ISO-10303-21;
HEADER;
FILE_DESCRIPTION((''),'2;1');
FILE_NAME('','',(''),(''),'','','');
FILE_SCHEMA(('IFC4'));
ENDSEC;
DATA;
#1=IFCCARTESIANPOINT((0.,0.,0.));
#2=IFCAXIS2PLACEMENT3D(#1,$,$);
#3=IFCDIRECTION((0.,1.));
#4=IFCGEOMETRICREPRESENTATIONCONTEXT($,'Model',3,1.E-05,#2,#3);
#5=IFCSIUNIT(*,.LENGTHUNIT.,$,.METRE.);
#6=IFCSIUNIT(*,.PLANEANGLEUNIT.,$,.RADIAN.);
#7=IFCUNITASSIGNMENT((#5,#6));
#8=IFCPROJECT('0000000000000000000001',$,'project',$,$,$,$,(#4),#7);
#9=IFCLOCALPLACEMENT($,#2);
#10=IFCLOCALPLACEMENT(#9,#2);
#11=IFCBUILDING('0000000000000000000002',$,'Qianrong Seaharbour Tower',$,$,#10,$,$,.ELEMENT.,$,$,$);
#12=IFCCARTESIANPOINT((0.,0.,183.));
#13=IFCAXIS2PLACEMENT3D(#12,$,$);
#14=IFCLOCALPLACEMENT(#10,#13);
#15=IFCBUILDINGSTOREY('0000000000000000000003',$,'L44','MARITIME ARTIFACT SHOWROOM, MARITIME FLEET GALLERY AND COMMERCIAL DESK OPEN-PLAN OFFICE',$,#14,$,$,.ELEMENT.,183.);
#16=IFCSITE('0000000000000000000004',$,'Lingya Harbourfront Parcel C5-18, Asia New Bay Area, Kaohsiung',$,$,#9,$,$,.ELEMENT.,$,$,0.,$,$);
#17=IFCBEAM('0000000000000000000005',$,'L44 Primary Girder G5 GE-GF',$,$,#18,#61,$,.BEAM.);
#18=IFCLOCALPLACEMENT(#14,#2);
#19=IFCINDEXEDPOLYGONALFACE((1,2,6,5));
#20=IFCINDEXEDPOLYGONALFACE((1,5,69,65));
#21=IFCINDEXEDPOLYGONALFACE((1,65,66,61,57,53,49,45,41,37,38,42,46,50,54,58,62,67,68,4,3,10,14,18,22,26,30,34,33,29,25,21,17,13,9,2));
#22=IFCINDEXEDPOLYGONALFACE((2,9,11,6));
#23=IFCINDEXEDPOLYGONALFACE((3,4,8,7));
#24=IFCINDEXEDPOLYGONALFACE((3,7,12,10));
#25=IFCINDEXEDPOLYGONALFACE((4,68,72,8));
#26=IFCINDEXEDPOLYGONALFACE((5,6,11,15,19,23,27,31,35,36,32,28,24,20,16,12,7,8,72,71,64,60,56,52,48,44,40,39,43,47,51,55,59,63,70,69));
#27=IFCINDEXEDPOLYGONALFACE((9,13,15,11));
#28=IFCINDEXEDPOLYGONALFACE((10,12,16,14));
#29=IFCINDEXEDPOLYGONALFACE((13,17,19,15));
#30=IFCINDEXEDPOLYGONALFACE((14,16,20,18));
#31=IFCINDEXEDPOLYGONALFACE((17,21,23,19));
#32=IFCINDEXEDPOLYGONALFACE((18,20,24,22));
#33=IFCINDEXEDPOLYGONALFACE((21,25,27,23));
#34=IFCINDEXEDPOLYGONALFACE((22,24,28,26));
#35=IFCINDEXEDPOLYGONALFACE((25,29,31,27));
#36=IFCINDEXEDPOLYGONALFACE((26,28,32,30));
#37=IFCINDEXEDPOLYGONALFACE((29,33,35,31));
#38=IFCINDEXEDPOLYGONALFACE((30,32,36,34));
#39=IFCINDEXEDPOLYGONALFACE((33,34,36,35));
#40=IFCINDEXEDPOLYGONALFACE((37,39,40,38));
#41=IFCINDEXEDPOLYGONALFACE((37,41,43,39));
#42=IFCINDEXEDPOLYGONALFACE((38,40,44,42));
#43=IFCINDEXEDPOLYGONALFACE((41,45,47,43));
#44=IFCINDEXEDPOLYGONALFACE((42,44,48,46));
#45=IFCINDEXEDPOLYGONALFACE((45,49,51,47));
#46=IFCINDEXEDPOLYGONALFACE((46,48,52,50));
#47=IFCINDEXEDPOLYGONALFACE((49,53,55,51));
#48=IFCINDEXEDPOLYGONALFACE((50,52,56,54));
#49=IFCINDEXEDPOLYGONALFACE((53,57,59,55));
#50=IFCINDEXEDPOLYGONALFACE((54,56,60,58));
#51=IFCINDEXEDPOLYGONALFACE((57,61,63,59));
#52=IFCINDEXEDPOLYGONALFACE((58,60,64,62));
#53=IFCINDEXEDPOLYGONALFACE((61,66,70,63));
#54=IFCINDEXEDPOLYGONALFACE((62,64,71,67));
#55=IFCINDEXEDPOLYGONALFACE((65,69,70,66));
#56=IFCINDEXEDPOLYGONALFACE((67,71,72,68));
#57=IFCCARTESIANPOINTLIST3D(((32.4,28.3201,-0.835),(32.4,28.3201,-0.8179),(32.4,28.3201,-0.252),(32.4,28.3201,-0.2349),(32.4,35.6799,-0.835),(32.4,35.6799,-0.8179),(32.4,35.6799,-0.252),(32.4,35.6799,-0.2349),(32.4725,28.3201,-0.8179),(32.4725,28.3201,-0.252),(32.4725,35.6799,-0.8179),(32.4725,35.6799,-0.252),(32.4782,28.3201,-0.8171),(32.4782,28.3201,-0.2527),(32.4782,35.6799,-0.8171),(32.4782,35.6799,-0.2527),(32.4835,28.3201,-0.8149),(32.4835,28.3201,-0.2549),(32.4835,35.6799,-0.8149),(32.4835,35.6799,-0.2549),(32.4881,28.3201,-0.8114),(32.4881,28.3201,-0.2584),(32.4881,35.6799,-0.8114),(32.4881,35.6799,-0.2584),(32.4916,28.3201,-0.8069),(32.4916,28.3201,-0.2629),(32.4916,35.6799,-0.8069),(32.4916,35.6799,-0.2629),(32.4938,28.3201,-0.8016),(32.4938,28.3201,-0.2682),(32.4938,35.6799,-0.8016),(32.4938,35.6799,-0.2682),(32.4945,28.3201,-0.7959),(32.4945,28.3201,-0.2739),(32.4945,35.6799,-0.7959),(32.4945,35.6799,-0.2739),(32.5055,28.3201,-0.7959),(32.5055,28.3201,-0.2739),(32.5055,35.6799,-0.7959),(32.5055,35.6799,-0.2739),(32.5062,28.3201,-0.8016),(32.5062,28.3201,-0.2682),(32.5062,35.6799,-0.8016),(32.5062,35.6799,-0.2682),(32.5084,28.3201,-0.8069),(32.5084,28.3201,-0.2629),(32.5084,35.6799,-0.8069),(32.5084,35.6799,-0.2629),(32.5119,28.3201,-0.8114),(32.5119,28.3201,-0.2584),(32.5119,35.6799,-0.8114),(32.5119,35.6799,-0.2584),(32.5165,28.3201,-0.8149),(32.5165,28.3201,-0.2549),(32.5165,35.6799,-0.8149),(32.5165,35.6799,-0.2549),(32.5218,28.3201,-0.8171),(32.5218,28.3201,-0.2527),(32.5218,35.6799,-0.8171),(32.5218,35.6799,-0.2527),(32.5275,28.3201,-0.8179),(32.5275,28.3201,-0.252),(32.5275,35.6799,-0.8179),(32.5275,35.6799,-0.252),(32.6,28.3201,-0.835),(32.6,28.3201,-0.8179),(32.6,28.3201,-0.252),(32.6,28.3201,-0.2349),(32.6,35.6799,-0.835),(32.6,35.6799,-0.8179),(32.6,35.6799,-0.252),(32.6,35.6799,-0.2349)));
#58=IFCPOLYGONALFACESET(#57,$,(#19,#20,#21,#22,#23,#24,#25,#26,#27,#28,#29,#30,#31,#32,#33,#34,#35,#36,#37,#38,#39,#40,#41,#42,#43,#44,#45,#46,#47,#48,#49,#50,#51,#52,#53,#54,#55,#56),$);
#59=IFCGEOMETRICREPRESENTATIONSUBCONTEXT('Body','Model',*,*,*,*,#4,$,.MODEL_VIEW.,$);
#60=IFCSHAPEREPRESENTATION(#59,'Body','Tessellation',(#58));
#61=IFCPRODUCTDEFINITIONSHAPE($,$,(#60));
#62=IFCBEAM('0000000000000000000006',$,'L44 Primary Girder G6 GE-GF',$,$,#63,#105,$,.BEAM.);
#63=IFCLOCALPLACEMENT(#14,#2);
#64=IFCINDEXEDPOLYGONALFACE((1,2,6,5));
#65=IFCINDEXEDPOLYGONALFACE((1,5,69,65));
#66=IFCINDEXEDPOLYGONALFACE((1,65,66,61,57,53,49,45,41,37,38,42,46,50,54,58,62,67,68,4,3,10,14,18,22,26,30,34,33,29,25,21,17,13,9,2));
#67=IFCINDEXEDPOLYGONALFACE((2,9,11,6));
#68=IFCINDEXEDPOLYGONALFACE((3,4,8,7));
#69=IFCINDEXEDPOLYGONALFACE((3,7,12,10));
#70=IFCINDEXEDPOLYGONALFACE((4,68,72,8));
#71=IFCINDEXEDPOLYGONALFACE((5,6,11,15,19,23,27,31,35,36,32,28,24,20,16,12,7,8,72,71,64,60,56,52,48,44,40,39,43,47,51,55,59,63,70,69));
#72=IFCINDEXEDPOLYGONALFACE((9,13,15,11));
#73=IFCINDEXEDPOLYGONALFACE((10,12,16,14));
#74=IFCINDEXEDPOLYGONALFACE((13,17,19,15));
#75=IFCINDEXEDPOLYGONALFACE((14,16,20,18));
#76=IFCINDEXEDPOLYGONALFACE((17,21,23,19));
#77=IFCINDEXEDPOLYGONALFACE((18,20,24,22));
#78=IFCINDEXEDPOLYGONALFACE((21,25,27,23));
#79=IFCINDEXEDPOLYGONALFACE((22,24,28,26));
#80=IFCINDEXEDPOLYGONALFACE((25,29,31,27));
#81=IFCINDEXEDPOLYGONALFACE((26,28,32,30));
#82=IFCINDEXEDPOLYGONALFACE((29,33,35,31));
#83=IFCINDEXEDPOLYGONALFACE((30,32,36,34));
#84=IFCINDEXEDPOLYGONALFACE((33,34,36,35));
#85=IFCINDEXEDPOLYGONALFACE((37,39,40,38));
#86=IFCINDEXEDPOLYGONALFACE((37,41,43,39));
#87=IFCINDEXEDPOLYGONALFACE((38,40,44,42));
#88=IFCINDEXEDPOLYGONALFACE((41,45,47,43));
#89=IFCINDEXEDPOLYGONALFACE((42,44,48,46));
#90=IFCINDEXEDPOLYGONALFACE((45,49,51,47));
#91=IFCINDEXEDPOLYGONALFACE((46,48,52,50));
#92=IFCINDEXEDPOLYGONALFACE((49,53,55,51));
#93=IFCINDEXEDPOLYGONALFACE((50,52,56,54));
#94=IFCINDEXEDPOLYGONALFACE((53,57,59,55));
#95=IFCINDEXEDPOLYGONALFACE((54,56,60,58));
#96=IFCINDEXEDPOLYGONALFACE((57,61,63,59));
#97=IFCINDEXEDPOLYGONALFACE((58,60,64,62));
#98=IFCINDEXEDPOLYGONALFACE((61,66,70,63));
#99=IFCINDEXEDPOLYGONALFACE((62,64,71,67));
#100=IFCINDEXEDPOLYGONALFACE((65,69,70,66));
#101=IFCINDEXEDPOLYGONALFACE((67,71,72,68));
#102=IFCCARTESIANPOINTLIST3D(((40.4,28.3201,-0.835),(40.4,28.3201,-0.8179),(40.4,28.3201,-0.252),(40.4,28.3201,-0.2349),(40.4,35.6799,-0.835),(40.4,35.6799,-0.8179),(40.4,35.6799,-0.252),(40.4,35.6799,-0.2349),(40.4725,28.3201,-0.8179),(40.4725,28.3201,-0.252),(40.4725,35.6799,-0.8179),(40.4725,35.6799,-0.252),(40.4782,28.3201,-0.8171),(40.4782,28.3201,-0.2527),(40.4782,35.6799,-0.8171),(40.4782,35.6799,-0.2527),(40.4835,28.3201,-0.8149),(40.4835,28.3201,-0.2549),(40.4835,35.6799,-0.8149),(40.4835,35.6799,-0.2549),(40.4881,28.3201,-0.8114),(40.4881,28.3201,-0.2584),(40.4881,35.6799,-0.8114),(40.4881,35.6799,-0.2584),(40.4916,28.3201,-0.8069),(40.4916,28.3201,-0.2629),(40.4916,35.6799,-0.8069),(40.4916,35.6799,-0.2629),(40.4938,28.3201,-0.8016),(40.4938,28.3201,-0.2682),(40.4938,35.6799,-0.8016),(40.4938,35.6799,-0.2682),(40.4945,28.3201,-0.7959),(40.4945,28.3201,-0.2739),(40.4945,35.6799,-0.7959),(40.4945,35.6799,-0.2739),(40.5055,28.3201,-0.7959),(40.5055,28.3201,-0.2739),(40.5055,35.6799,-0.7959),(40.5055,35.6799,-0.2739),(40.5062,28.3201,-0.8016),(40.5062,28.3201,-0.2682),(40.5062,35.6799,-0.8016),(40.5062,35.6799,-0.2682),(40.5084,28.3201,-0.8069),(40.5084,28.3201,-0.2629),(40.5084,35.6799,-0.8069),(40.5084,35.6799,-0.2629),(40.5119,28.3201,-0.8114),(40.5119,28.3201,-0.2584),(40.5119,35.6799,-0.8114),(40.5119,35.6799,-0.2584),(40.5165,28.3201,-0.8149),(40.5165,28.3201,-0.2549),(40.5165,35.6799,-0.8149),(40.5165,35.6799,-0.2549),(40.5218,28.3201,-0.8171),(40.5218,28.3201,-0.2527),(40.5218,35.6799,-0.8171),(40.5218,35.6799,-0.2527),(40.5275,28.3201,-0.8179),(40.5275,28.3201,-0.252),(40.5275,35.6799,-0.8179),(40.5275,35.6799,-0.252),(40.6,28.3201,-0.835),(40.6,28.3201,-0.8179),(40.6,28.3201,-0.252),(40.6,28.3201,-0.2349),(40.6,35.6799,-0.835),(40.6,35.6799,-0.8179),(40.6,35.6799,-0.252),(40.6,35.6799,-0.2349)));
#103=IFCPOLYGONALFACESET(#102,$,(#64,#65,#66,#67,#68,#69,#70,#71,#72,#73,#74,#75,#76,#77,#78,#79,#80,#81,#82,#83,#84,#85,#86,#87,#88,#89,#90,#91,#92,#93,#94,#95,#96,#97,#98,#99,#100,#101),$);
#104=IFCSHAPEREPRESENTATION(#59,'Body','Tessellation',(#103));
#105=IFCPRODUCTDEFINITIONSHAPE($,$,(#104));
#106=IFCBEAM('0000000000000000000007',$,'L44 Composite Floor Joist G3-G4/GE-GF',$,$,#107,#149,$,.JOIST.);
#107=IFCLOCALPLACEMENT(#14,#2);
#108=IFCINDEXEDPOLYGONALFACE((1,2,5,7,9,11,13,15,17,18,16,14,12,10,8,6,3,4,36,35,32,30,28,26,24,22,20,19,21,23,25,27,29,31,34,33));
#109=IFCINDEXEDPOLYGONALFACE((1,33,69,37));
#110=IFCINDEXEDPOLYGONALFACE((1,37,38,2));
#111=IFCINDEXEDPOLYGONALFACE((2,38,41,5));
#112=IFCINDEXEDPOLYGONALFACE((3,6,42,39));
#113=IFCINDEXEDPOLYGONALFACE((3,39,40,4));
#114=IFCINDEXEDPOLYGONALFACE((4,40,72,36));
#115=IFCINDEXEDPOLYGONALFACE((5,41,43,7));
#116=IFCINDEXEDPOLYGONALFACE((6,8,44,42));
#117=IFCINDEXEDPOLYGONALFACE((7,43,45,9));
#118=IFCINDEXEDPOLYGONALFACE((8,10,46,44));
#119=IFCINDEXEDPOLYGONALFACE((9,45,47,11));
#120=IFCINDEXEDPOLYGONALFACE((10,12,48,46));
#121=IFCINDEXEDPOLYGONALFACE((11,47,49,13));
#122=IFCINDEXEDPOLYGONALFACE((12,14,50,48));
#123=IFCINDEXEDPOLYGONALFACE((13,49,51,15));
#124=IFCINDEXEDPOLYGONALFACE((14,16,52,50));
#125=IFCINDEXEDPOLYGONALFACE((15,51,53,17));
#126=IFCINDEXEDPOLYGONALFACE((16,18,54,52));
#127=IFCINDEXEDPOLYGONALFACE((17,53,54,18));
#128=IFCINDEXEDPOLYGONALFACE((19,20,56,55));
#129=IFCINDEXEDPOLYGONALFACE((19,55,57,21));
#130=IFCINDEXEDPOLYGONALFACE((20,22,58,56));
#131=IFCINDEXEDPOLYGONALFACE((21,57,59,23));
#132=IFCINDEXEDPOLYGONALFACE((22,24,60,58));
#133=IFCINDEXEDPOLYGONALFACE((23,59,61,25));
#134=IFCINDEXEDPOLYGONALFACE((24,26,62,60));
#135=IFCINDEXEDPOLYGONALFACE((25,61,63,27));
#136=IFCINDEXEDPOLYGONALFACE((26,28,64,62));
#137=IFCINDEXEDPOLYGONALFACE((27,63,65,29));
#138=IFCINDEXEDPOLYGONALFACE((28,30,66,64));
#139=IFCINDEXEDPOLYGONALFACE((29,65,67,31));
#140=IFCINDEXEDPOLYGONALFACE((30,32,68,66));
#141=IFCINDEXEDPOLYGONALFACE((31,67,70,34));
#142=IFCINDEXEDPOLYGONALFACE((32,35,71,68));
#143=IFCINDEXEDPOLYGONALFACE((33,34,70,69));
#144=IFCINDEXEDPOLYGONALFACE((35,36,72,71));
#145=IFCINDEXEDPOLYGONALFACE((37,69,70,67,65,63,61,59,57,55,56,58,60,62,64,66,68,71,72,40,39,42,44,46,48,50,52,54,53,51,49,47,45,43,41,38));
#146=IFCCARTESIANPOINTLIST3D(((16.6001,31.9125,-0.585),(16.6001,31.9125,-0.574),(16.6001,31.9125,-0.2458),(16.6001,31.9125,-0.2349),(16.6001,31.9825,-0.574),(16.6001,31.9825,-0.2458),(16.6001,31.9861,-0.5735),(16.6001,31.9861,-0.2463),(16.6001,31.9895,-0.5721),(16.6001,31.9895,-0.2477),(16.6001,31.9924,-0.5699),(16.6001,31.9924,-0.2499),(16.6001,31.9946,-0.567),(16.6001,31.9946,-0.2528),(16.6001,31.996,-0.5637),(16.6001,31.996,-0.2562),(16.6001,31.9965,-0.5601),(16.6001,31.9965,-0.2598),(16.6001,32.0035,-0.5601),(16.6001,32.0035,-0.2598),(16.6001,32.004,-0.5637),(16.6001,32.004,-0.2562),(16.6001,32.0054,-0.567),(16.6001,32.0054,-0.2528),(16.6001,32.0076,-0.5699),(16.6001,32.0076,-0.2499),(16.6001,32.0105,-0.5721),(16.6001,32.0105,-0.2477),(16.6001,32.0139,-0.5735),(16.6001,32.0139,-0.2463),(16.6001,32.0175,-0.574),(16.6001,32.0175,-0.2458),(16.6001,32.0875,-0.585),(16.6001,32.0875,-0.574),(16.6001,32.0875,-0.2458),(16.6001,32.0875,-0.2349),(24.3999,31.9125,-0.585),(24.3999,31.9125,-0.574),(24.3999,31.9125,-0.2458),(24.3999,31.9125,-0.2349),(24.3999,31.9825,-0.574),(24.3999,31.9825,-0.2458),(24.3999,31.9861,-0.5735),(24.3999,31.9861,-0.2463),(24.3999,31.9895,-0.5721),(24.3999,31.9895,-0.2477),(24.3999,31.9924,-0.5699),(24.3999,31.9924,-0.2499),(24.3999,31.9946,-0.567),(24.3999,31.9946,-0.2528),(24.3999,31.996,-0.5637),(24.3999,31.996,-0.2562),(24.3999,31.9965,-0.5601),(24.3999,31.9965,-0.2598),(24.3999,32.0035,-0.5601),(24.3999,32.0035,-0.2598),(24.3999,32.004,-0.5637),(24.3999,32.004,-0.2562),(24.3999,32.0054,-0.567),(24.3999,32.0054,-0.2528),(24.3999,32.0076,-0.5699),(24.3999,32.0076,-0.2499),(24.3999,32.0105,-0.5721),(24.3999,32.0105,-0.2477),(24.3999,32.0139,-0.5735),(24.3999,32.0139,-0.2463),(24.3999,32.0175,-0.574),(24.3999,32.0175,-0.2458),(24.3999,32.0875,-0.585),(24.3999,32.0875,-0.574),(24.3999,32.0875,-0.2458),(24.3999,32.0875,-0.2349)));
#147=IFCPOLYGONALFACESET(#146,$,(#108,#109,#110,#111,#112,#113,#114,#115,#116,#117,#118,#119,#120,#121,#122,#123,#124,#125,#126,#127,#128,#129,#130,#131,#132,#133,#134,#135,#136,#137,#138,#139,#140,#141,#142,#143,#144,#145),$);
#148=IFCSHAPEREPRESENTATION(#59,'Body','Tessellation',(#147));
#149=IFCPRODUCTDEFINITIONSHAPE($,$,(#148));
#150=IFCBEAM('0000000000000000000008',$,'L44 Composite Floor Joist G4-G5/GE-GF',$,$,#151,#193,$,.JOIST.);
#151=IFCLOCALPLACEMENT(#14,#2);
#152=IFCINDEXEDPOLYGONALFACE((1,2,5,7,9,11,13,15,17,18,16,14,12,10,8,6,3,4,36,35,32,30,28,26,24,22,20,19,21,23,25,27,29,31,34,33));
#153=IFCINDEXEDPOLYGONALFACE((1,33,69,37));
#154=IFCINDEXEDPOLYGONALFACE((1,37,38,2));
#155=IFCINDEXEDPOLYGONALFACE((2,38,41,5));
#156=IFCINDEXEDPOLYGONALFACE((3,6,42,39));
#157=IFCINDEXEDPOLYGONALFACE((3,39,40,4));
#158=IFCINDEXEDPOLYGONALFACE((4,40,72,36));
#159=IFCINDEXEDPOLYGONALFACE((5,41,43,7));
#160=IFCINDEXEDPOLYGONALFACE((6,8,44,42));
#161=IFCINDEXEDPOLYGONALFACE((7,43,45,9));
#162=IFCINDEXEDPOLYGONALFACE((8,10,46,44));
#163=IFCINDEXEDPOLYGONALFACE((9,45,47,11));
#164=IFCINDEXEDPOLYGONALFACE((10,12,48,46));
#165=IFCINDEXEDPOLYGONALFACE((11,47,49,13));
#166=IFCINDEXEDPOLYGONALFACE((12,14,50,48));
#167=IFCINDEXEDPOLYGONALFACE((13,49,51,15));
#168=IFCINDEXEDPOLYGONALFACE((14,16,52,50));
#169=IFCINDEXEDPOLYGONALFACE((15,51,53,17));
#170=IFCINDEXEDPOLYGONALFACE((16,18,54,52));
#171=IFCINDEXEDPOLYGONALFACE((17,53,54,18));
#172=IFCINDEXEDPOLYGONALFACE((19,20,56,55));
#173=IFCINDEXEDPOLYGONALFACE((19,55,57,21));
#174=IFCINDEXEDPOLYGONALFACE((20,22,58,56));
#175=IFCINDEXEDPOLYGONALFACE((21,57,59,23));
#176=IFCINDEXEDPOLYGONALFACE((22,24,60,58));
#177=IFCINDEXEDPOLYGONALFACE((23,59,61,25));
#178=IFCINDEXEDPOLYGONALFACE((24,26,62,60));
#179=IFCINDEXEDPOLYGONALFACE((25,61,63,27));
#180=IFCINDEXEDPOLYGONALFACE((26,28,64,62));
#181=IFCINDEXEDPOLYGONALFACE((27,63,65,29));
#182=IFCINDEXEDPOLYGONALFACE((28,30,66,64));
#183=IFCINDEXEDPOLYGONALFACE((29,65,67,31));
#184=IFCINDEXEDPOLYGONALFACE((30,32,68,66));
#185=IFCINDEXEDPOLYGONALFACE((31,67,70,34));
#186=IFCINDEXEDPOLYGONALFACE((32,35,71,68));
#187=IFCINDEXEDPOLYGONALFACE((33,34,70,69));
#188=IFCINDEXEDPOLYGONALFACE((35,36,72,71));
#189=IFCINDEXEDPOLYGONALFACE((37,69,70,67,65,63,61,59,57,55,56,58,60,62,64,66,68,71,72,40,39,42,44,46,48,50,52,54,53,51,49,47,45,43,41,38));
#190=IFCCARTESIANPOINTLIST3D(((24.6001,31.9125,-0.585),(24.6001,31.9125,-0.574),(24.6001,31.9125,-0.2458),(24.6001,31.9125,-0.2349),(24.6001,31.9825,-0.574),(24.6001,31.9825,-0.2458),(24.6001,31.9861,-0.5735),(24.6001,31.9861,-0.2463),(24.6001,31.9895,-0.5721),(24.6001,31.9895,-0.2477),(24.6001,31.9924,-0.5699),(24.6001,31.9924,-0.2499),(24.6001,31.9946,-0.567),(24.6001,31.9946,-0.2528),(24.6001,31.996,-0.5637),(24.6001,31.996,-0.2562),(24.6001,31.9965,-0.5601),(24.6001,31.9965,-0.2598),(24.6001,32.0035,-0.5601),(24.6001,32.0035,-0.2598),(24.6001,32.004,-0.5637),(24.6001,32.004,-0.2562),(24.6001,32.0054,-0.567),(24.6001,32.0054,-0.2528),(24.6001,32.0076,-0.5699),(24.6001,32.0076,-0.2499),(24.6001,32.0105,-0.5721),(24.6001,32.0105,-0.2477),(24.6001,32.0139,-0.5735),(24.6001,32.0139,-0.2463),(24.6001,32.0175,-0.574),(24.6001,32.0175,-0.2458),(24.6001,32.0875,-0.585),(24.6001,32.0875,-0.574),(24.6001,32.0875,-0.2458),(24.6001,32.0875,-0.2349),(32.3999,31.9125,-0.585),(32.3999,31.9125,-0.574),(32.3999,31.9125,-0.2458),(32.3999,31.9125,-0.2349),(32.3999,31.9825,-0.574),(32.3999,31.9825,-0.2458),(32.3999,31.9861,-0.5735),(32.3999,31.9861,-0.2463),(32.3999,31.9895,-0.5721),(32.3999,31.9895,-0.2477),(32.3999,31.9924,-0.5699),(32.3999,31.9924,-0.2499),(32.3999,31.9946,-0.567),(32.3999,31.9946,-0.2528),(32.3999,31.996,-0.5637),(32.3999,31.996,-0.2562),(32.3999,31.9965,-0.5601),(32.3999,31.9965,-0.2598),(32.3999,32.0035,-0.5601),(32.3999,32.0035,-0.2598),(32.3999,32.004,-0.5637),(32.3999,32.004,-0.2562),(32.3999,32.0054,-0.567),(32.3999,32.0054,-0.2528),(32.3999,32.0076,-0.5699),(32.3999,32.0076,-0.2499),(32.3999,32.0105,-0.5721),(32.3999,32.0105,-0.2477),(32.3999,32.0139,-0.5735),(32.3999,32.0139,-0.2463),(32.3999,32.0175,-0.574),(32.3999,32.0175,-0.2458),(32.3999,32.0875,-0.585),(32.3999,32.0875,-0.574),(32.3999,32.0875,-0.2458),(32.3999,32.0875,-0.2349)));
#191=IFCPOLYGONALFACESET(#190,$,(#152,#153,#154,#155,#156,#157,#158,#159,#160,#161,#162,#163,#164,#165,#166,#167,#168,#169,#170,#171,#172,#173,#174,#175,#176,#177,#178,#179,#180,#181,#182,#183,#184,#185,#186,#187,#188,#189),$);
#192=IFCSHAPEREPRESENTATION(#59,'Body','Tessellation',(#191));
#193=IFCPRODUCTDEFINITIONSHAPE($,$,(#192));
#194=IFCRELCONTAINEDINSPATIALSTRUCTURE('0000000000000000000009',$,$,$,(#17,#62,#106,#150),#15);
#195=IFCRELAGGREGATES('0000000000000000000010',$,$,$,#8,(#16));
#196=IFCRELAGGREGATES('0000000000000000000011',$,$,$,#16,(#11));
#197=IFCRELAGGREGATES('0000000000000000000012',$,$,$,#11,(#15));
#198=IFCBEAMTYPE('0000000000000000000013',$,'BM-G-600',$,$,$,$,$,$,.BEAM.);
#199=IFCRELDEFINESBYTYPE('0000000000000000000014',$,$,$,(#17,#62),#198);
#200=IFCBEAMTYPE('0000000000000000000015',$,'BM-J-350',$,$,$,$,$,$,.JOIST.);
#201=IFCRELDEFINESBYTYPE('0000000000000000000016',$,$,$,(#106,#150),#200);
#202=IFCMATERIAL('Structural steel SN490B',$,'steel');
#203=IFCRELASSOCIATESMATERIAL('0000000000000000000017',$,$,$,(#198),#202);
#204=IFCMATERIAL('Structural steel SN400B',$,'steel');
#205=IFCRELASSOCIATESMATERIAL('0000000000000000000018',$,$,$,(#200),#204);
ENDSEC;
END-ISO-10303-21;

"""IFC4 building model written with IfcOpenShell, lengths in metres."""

from ifc_helpers import new_model, si_unit, direction, frame, origin, origin_2d, place, context, subcontext, project, spatial, i_section, extrude, material, material_profile, profile_set, type_object, element, save


model = new_model("IFC4")

# Units and contexts
model_context = context("Model", 3, precision=1e-05, world=origin(), true_north=direction((0.0, 1.0)))
body_context = subcontext(model_context, "Body", "Model", "MODEL_VIEW")
ifc_project = project(units=[si_unit("LENGTHUNIT", "METRE"), si_unit("PLANEANGLEUNIT", "RADIAN")], contexts=[model_context])

# Site, building, storey
site_placement = place(None, origin())
site = spatial("IfcSite", under=ifc_project, at=site_placement, Name="Lingya Harbourfront Parcel C5-18, Asia New Bay Area, Kaohsiung", CompositionType="ELEMENT", RefElevation=0.0)
building_placement = place(site_placement, origin())
building = spatial("IfcBuilding", under=site, at=building_placement, Name="Qianrong Seaharbour Tower", CompositionType="ELEMENT")
storey_placement = place(building_placement, frame((0.0, 0.0, 183.0)))
storey = spatial("IfcBuildingStorey", under=building, at=storey_placement, Name="L44", Description="MARITIME ARTIFACT SHOWROOM, MARITIME FLEET GALLERY AND COMMERCIAL DESK OPEN-PLAN OFFICE", CompositionType="ELEMENT", Elevation=183.0)

# Beams
ifc_material_1 = material(Name="Structural steel SN490B", Category="steel")
ifc_material_profile_1 = material_profile(ifc_material_1, i_section(OverallWidth=0.2, OverallDepth=0.6001, WebThickness=0.011, FlangeThickness=0.0171, FilletRadius=0.022, at=origin_2d()), Name="H600x200x11x17")
ifc_profile_set_1 = profile_set([ifc_material_profile_1], Name="Structural steel SN490B")
beam_type_1 = type_object("IfcBeamType", Name="BM-G-600", PredefinedType="BEAM", material=ifc_profile_set_1)
for number, where, z_axis, x_axis, name in (
    (1, (32.5, 28.3201, -0.5349), (0.0, 1.0, 0.0), (-1.0, 0.0, 0.0), "L44 Primary Girder G5 GE-GF"),
    (2, (40.5, 28.3201, -0.5349), (0.0, 1.0, 0.0), (-1.0, 0.0, 0.0), "L44 Primary Girder G6 GE-GF"),
):
    element("IfcBeam", number, at=place(storey_placement, frame(where, z_axis=z_axis, x_axis=x_axis)), inside=storey, type_object=beam_type_1, Name=name, PredefinedType="BEAM", context=body_context, shape_type="SweptSolid", body=[
        extrude(i_section(OverallWidth=0.2, OverallDepth=0.6001, WebThickness=0.011, FlangeThickness=0.0171, FilletRadius=0.022, at=origin_2d()), origin(), (0.0, 0.0, 1.0), 7.3599),
    ])
ifc_material_2 = material(Name="Structural steel SN400B", Category="steel")
ifc_material_profile_2 = material_profile(ifc_material_2, i_section(OverallWidth=0.175, OverallDepth=0.3501, WebThickness=0.0071, FlangeThickness=0.011, FilletRadius=0.0139, at=origin_2d()), Name="H350x175x7x11")
ifc_profile_set_2 = profile_set([ifc_material_profile_2], Name="Structural steel SN400B")
beam_type_2 = type_object("IfcBeamType", Name="BM-J-350", PredefinedType="JOIST", material=ifc_profile_set_2)
for number, where, z_axis, x_axis, name in (
    (3, (16.6001, 32.0, -0.4099), (1.0, 0.0, 0.0), (0.0, 1.0, 0.0), "L44 Composite Floor Joist G3-G4/GE-GF"),
    (4, (24.6001, 32.0, -0.4099), (1.0, 0.0, 0.0), (0.0, 1.0, 0.0), "L44 Composite Floor Joist G4-G5/GE-GF"),
):
    element("IfcBeam", number, at=place(storey_placement, frame(where, z_axis=z_axis, x_axis=x_axis)), inside=storey, type_object=beam_type_2, Name=name, PredefinedType="JOIST", context=body_context, shape_type="SweptSolid", body=[
        extrude(i_section(OverallWidth=0.175, OverallDepth=0.3501, WebThickness=0.0071, FlangeThickness=0.011, FilletRadius=0.0139, at=origin_2d()), origin(), (0.0, 0.0, 1.0), 7.7998),
    ])

save(model, "model.ifc")
